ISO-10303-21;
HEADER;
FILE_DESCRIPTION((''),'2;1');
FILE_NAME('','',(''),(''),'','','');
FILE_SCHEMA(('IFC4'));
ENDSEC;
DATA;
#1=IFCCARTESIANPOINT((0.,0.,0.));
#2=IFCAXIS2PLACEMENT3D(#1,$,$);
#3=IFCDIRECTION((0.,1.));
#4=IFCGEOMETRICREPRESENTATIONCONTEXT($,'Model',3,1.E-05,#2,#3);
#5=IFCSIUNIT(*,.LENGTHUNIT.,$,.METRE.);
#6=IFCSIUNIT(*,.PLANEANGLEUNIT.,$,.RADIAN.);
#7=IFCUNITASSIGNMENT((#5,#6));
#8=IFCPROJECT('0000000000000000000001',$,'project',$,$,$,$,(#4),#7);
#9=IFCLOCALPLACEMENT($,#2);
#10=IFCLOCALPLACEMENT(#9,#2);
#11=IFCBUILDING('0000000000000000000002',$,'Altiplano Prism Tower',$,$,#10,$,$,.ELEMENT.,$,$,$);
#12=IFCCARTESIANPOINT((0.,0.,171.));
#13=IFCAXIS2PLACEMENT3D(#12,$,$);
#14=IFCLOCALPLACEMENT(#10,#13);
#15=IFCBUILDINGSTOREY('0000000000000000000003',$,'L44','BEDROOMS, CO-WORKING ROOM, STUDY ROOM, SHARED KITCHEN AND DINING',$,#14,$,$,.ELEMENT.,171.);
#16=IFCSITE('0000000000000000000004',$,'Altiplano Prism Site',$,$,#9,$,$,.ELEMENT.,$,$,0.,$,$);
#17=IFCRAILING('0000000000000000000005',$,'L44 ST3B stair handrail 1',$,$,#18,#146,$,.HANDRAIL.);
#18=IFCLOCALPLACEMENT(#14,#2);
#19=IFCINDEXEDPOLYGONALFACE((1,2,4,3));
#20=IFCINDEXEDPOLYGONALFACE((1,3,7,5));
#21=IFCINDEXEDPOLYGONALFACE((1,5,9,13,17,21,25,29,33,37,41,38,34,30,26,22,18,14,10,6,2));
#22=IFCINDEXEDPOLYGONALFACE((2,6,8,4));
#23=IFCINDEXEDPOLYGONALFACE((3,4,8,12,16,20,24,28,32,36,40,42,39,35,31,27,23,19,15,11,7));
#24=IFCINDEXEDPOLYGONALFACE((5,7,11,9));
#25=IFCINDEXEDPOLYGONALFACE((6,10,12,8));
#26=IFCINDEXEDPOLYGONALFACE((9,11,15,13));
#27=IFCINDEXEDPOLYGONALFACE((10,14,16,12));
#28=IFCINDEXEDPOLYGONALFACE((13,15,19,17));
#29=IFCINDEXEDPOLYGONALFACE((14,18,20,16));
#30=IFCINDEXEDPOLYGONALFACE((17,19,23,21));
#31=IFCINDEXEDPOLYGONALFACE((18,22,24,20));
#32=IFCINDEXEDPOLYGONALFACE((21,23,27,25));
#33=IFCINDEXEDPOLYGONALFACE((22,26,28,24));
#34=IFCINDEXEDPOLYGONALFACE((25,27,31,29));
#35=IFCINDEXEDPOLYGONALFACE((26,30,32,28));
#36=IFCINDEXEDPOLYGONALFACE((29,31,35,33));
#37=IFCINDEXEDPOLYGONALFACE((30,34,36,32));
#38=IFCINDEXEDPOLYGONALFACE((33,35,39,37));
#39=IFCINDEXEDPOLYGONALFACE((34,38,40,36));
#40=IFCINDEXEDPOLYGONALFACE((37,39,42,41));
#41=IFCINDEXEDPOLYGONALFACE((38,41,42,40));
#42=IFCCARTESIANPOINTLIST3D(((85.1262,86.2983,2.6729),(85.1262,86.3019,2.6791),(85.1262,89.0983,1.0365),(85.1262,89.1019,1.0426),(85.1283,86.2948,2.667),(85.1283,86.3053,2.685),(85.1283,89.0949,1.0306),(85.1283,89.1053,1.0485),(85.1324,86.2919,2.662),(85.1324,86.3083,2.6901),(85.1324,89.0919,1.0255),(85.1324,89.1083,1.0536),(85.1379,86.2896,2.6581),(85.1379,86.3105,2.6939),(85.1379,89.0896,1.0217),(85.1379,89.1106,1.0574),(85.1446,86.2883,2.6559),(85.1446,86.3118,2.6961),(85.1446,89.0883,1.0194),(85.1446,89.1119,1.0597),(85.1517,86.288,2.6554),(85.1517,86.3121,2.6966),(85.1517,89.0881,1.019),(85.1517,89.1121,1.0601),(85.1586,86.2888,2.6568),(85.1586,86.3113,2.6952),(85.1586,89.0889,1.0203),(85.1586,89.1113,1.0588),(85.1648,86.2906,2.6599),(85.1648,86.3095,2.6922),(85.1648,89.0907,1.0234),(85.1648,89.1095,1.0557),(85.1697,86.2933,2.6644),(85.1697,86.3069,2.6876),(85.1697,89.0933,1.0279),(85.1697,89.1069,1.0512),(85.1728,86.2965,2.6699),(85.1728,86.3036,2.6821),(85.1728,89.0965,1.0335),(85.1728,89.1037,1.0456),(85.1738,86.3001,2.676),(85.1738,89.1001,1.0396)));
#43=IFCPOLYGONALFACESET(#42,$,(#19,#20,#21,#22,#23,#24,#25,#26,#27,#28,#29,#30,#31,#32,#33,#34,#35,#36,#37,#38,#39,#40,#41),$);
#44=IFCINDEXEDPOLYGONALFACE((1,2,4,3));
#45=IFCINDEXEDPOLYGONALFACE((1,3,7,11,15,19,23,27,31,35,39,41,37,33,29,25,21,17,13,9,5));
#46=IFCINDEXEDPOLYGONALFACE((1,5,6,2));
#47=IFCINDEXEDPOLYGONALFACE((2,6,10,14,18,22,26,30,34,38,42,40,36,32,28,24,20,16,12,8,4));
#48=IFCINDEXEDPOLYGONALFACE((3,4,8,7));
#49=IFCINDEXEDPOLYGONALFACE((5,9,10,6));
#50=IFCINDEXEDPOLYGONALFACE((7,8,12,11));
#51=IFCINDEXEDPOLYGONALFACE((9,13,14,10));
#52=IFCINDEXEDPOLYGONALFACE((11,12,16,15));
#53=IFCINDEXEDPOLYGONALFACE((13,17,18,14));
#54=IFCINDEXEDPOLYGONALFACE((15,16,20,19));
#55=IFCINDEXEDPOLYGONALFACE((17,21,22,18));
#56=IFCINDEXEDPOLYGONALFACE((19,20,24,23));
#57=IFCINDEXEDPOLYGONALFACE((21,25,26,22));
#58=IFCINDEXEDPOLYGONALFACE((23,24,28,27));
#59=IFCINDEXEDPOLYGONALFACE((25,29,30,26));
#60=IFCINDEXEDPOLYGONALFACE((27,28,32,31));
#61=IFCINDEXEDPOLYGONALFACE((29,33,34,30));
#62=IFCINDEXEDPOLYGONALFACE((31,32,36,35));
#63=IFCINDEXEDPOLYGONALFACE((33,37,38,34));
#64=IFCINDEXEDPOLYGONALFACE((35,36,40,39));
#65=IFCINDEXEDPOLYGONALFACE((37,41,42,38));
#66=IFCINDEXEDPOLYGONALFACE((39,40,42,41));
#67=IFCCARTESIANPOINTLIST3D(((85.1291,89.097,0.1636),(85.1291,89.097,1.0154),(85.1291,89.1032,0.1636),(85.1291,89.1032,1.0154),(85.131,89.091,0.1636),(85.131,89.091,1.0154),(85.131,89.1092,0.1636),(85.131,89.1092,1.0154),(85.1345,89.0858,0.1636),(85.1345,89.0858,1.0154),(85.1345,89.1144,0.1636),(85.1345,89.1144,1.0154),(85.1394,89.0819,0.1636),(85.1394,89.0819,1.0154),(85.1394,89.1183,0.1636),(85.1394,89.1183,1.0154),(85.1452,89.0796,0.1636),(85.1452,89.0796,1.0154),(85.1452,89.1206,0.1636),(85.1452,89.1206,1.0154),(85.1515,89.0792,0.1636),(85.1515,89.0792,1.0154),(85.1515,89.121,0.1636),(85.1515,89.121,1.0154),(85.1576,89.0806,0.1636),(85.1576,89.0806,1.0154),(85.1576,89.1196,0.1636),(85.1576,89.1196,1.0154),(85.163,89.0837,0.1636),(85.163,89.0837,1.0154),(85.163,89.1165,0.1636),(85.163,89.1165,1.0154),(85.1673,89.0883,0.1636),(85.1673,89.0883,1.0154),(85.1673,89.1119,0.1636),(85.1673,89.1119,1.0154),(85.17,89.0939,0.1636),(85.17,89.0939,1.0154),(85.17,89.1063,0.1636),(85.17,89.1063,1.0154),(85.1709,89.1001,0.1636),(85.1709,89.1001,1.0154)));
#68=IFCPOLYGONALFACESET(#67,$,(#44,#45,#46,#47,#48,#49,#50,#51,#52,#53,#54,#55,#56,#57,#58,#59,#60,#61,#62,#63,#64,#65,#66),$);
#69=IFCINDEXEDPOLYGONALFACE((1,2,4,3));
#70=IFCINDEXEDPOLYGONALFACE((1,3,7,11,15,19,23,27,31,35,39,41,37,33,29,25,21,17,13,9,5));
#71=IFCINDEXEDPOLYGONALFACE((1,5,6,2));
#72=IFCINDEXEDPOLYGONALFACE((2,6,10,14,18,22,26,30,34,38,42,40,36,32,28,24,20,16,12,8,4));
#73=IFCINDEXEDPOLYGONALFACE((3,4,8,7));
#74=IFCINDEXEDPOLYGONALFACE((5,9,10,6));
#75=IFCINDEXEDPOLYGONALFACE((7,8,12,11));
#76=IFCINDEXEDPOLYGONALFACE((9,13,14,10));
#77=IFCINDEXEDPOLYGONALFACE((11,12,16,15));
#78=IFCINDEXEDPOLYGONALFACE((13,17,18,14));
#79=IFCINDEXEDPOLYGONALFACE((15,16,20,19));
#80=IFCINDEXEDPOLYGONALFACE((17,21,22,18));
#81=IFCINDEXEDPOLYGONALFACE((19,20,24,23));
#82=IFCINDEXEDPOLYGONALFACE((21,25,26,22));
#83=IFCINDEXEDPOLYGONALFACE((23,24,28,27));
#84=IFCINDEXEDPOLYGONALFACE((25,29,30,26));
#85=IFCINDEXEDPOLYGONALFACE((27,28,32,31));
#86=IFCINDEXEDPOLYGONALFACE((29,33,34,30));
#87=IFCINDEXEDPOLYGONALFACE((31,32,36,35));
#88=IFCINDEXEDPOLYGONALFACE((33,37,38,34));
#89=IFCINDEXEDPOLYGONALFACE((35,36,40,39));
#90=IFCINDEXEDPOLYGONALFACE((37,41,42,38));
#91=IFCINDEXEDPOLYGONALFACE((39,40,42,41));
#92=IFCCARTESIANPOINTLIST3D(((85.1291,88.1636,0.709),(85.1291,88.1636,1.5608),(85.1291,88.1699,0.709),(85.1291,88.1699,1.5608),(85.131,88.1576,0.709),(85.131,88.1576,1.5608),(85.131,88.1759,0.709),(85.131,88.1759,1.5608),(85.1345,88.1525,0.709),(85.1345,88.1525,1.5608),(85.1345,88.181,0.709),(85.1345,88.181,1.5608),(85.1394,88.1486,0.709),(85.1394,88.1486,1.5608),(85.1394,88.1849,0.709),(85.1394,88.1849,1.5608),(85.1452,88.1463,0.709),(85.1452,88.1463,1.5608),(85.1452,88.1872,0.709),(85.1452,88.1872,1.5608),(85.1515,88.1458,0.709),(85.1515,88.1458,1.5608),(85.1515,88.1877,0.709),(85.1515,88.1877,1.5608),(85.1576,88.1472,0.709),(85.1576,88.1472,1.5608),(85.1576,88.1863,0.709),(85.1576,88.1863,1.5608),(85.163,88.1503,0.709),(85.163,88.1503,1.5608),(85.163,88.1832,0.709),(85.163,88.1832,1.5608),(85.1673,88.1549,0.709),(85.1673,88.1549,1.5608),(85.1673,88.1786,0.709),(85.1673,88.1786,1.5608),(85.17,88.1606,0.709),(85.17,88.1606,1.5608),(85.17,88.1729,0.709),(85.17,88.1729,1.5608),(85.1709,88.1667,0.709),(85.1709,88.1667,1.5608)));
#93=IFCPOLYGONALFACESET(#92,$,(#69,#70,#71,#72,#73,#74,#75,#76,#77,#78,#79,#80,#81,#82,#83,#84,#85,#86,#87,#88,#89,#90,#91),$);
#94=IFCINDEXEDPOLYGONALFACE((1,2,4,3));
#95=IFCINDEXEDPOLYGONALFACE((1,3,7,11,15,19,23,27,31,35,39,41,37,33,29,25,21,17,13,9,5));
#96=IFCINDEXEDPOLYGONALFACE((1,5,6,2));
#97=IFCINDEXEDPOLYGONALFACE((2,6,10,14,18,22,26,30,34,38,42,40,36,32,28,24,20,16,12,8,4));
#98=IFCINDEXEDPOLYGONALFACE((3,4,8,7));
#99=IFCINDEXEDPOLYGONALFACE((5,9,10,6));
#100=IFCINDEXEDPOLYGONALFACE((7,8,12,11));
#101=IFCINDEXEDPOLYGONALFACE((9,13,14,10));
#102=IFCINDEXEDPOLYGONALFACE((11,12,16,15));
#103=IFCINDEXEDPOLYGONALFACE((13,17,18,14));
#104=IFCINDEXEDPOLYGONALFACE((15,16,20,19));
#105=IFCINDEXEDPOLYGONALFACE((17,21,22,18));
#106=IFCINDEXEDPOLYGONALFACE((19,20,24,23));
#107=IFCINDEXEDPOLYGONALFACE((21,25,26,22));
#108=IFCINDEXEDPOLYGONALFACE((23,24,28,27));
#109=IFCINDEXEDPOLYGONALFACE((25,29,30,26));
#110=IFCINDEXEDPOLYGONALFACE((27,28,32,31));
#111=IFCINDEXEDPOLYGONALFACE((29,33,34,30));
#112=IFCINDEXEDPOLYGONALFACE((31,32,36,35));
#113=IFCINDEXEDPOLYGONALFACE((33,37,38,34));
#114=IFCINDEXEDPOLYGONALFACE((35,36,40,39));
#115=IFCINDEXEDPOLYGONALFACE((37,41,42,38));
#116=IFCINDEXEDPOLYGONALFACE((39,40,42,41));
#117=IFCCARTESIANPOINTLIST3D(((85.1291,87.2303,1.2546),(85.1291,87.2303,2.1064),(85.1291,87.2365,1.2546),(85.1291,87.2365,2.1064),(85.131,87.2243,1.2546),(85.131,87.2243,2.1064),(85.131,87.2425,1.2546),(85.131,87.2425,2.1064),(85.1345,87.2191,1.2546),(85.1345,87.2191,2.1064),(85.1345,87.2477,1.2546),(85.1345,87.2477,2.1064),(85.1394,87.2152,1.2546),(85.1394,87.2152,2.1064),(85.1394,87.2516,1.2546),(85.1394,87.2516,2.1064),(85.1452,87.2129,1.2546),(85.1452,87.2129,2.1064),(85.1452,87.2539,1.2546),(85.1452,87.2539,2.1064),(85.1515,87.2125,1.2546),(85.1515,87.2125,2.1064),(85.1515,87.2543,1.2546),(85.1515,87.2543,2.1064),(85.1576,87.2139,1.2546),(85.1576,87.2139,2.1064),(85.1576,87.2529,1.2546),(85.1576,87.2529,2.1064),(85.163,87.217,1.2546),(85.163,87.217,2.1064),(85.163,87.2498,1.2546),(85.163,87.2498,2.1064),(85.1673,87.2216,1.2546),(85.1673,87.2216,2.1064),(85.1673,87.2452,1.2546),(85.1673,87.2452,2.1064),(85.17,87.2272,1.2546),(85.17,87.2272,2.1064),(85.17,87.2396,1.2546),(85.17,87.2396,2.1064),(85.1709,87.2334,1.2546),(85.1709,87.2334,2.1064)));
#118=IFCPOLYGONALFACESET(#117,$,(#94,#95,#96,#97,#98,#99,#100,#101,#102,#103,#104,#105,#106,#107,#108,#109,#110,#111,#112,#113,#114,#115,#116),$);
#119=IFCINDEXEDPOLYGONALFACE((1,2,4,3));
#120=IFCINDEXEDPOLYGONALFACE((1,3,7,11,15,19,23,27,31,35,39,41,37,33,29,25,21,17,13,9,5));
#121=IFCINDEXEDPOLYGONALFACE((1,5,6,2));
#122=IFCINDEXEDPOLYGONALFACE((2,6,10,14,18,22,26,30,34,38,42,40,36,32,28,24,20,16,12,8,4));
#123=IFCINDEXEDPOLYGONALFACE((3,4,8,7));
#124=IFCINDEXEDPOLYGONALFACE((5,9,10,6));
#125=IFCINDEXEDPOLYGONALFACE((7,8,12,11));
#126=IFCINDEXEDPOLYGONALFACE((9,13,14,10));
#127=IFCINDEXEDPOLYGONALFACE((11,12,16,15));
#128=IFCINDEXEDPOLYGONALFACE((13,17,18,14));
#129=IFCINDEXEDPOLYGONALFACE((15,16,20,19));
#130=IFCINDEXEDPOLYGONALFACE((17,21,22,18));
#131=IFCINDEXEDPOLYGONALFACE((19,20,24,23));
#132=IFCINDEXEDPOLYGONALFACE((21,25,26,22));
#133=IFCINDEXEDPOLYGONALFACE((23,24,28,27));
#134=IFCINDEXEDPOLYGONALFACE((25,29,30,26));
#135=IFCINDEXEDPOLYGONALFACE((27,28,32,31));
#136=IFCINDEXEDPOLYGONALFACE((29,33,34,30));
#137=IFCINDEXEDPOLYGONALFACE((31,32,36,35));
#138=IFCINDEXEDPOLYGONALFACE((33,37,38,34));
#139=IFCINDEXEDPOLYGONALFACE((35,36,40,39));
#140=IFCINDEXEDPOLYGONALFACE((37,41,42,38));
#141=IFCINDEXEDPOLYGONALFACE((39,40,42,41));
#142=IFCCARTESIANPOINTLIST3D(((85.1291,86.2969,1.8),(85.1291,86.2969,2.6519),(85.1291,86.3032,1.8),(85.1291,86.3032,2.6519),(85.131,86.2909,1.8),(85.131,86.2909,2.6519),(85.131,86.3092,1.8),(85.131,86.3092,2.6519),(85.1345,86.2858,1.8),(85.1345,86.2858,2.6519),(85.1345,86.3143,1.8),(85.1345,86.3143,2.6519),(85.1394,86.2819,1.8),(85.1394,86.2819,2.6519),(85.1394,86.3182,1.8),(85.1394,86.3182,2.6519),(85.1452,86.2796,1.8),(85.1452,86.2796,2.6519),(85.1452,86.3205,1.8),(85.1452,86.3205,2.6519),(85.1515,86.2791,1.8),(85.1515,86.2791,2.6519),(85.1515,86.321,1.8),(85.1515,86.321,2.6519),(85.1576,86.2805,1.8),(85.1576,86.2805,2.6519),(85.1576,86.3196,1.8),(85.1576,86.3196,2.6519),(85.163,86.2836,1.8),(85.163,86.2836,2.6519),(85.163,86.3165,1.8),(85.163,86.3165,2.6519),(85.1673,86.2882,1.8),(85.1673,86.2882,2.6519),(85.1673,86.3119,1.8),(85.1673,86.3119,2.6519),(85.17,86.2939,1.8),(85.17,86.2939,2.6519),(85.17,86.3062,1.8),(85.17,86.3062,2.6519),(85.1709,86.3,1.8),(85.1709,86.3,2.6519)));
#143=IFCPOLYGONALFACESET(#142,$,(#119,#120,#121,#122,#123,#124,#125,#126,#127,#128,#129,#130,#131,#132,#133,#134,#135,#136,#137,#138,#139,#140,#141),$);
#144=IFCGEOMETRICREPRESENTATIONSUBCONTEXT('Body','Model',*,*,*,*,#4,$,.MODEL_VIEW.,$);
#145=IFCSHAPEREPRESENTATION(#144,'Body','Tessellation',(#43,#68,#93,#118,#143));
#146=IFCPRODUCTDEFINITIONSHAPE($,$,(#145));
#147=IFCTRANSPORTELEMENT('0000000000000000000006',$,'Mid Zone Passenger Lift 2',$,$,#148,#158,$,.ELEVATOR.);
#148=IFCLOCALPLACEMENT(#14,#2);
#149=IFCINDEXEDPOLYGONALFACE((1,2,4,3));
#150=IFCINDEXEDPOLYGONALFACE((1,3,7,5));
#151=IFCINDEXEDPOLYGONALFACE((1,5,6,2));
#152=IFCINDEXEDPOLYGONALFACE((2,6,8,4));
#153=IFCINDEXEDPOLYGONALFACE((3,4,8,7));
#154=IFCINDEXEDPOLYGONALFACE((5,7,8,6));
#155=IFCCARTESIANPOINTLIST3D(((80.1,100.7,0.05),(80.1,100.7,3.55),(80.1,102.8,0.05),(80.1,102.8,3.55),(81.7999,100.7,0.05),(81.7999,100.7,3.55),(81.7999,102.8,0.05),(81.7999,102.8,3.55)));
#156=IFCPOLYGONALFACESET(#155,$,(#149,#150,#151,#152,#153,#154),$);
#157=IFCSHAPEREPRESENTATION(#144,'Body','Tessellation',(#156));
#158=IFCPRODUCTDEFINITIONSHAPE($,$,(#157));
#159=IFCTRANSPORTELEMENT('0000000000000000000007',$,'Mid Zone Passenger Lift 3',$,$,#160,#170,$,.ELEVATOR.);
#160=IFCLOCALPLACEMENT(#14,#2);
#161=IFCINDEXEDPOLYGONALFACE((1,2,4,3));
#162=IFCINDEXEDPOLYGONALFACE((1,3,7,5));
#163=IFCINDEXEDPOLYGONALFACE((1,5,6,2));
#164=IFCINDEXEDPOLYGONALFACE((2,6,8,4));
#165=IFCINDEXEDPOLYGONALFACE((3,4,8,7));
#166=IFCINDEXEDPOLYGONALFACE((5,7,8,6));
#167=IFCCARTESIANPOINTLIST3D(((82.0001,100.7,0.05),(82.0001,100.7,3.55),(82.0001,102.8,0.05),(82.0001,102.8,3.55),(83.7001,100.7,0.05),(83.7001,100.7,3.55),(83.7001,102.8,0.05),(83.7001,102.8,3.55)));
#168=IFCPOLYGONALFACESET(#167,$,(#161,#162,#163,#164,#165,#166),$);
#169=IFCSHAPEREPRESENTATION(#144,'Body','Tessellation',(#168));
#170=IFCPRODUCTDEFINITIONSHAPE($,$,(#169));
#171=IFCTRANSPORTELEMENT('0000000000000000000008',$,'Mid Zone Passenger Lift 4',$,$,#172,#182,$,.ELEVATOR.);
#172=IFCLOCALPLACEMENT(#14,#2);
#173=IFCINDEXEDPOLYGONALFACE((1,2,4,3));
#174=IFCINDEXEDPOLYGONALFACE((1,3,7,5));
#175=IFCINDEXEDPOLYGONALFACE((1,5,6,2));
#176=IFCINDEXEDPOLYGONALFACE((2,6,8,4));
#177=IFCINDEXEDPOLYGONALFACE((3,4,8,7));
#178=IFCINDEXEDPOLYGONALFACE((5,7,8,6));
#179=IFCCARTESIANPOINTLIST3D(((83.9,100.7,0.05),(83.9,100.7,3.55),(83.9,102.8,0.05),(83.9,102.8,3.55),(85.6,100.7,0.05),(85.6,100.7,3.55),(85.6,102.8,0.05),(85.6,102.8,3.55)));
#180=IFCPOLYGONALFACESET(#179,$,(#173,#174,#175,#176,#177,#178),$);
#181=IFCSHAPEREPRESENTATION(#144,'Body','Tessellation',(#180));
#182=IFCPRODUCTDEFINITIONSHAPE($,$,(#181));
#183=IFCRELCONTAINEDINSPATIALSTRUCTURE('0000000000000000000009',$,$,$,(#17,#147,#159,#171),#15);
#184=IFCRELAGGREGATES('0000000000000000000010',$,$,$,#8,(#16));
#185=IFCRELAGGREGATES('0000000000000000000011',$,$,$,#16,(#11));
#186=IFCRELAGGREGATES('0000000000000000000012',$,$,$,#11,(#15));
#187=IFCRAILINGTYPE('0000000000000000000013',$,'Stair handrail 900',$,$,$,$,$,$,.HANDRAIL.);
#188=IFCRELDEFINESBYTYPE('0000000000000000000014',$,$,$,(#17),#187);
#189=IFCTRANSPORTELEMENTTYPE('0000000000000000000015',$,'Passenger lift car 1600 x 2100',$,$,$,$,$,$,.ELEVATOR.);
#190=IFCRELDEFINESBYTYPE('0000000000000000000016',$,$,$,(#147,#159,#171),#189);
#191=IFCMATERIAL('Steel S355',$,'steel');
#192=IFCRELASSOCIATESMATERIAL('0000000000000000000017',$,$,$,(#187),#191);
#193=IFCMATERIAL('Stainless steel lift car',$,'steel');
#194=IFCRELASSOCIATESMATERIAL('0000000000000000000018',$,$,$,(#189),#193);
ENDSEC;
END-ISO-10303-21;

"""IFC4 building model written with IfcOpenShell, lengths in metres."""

from ifc_helpers import new_model, si_unit, direction, frame, origin, origin_2d, place, context, subcontext, project, spatial, rectangle, circle, extrude, material, type_object, element, save


model = new_model("IFC4")

# Units and contexts
model_context = context("Model", 3, precision=1e-05, world=origin(), true_north=direction((0.0, 1.0)))
body_context = subcontext(model_context, "Body", "Model", "MODEL_VIEW")
ifc_project = project(units=[si_unit("LENGTHUNIT", "METRE"), si_unit("PLANEANGLEUNIT", "RADIAN")], contexts=[model_context])

# Site, building, storey
site_placement = place(None, origin())
site = spatial("IfcSite", under=ifc_project, at=site_placement, Name="Altiplano Prism Site", CompositionType="ELEMENT", RefElevation=0.0)
building_placement = place(site_placement, origin())
building = spatial("IfcBuilding", under=site, at=building_placement, Name="Altiplano Prism Tower", CompositionType="ELEMENT")
storey_placement = place(building_placement, frame((0.0, 0.0, 171.0)))
storey = spatial("IfcBuildingStorey", under=building, at=storey_placement, Name="L44", Description="BEDROOMS, CO-WORKING ROOM, STUDY ROOM, SHARED KITCHEN AND DINING", CompositionType="ELEMENT", Elevation=171.0)

# Railing
ifc_material_1 = material(Name="Steel S355", Category="steel")
railing_type_1 = type_object("IfcRailingType", Name="Stair handrail 900", PredefinedType="HANDRAIL", material=ifc_material_1)
for number, where, name in (
    (1, (85.1499, 89.1001, 0.1636), "L44 ST3B stair handrail 1"),
):
    element("IfcRailing", number, at=place(storey_placement, frame(where)), inside=storey, type_object=railing_type_1, Name=name, PredefinedType="HANDRAIL", context=body_context, shape_type="SweptSolid", body=[
        extrude(circle(Radius=0.0239, at=origin_2d()), frame((0.0, 0.0, 0.876), z_axis=(0.0, -0.863361, 0.504587), x_axis=(1.0, 0.0, 0.0)), (0.0, 0.0, 1.0), 3.2432),
        extrude(circle(Radius=0.021, at=origin_2d()), origin(), (0.0, 0.0, 1.0), 0.8518),
        extrude(circle(Radius=0.021, at=origin_2d()), frame((0.0, -0.9333, 0.5454)), (0.0, 0.0, 1.0), 0.8518),
        extrude(circle(Radius=0.021, at=origin_2d()), frame((0.0, -1.8667, 1.0911)), (0.0, 0.0, 1.0), 0.8518),
        extrude(circle(Radius=0.021, at=origin_2d()), frame((0.0, -2.8, 1.6365)), (0.0, 0.0, 1.0), 0.8518),
    ])

# Transport elements
ifc_material_2 = material(Name="Stainless steel lift car", Category="steel")
transport_element_type = type_object("IfcTransportElementType", Name="Passenger lift car 1600 x 2100", PredefinedType="ELEVATOR", material=ifc_material_2)
for number, where, z_axis, x_axis, name in (
    (2, (80.95, 101.75, 0.05), (0.0, 0.0, 1.0), (1.0, 0.0, 0.0), "Mid Zone Passenger Lift 2"),
    (3, (82.8501, 101.75, 0.05), (0.0, 0.0, 1.0), (1.0, 0.0, 0.0), "Mid Zone Passenger Lift 3"),
    (4, (84.75, 101.75, 0.05), (0.0, 0.0, 1.0), (1.0, 0.0, 0.0), "Mid Zone Passenger Lift 4"),
):
    element("IfcTransportElement", number, at=place(storey_placement, frame(where, z_axis=z_axis, x_axis=x_axis)), inside=storey, type_object=transport_element_type, Name=name, PredefinedType="ELEVATOR", context=body_context, shape_type="SweptSolid", body=[
        extrude(rectangle(XDim=1.7, YDim=2.1001, at=origin_2d()), origin(), (0.0, 0.0, 1.0), 3.5),
    ])

save(model, "model.ifc")
